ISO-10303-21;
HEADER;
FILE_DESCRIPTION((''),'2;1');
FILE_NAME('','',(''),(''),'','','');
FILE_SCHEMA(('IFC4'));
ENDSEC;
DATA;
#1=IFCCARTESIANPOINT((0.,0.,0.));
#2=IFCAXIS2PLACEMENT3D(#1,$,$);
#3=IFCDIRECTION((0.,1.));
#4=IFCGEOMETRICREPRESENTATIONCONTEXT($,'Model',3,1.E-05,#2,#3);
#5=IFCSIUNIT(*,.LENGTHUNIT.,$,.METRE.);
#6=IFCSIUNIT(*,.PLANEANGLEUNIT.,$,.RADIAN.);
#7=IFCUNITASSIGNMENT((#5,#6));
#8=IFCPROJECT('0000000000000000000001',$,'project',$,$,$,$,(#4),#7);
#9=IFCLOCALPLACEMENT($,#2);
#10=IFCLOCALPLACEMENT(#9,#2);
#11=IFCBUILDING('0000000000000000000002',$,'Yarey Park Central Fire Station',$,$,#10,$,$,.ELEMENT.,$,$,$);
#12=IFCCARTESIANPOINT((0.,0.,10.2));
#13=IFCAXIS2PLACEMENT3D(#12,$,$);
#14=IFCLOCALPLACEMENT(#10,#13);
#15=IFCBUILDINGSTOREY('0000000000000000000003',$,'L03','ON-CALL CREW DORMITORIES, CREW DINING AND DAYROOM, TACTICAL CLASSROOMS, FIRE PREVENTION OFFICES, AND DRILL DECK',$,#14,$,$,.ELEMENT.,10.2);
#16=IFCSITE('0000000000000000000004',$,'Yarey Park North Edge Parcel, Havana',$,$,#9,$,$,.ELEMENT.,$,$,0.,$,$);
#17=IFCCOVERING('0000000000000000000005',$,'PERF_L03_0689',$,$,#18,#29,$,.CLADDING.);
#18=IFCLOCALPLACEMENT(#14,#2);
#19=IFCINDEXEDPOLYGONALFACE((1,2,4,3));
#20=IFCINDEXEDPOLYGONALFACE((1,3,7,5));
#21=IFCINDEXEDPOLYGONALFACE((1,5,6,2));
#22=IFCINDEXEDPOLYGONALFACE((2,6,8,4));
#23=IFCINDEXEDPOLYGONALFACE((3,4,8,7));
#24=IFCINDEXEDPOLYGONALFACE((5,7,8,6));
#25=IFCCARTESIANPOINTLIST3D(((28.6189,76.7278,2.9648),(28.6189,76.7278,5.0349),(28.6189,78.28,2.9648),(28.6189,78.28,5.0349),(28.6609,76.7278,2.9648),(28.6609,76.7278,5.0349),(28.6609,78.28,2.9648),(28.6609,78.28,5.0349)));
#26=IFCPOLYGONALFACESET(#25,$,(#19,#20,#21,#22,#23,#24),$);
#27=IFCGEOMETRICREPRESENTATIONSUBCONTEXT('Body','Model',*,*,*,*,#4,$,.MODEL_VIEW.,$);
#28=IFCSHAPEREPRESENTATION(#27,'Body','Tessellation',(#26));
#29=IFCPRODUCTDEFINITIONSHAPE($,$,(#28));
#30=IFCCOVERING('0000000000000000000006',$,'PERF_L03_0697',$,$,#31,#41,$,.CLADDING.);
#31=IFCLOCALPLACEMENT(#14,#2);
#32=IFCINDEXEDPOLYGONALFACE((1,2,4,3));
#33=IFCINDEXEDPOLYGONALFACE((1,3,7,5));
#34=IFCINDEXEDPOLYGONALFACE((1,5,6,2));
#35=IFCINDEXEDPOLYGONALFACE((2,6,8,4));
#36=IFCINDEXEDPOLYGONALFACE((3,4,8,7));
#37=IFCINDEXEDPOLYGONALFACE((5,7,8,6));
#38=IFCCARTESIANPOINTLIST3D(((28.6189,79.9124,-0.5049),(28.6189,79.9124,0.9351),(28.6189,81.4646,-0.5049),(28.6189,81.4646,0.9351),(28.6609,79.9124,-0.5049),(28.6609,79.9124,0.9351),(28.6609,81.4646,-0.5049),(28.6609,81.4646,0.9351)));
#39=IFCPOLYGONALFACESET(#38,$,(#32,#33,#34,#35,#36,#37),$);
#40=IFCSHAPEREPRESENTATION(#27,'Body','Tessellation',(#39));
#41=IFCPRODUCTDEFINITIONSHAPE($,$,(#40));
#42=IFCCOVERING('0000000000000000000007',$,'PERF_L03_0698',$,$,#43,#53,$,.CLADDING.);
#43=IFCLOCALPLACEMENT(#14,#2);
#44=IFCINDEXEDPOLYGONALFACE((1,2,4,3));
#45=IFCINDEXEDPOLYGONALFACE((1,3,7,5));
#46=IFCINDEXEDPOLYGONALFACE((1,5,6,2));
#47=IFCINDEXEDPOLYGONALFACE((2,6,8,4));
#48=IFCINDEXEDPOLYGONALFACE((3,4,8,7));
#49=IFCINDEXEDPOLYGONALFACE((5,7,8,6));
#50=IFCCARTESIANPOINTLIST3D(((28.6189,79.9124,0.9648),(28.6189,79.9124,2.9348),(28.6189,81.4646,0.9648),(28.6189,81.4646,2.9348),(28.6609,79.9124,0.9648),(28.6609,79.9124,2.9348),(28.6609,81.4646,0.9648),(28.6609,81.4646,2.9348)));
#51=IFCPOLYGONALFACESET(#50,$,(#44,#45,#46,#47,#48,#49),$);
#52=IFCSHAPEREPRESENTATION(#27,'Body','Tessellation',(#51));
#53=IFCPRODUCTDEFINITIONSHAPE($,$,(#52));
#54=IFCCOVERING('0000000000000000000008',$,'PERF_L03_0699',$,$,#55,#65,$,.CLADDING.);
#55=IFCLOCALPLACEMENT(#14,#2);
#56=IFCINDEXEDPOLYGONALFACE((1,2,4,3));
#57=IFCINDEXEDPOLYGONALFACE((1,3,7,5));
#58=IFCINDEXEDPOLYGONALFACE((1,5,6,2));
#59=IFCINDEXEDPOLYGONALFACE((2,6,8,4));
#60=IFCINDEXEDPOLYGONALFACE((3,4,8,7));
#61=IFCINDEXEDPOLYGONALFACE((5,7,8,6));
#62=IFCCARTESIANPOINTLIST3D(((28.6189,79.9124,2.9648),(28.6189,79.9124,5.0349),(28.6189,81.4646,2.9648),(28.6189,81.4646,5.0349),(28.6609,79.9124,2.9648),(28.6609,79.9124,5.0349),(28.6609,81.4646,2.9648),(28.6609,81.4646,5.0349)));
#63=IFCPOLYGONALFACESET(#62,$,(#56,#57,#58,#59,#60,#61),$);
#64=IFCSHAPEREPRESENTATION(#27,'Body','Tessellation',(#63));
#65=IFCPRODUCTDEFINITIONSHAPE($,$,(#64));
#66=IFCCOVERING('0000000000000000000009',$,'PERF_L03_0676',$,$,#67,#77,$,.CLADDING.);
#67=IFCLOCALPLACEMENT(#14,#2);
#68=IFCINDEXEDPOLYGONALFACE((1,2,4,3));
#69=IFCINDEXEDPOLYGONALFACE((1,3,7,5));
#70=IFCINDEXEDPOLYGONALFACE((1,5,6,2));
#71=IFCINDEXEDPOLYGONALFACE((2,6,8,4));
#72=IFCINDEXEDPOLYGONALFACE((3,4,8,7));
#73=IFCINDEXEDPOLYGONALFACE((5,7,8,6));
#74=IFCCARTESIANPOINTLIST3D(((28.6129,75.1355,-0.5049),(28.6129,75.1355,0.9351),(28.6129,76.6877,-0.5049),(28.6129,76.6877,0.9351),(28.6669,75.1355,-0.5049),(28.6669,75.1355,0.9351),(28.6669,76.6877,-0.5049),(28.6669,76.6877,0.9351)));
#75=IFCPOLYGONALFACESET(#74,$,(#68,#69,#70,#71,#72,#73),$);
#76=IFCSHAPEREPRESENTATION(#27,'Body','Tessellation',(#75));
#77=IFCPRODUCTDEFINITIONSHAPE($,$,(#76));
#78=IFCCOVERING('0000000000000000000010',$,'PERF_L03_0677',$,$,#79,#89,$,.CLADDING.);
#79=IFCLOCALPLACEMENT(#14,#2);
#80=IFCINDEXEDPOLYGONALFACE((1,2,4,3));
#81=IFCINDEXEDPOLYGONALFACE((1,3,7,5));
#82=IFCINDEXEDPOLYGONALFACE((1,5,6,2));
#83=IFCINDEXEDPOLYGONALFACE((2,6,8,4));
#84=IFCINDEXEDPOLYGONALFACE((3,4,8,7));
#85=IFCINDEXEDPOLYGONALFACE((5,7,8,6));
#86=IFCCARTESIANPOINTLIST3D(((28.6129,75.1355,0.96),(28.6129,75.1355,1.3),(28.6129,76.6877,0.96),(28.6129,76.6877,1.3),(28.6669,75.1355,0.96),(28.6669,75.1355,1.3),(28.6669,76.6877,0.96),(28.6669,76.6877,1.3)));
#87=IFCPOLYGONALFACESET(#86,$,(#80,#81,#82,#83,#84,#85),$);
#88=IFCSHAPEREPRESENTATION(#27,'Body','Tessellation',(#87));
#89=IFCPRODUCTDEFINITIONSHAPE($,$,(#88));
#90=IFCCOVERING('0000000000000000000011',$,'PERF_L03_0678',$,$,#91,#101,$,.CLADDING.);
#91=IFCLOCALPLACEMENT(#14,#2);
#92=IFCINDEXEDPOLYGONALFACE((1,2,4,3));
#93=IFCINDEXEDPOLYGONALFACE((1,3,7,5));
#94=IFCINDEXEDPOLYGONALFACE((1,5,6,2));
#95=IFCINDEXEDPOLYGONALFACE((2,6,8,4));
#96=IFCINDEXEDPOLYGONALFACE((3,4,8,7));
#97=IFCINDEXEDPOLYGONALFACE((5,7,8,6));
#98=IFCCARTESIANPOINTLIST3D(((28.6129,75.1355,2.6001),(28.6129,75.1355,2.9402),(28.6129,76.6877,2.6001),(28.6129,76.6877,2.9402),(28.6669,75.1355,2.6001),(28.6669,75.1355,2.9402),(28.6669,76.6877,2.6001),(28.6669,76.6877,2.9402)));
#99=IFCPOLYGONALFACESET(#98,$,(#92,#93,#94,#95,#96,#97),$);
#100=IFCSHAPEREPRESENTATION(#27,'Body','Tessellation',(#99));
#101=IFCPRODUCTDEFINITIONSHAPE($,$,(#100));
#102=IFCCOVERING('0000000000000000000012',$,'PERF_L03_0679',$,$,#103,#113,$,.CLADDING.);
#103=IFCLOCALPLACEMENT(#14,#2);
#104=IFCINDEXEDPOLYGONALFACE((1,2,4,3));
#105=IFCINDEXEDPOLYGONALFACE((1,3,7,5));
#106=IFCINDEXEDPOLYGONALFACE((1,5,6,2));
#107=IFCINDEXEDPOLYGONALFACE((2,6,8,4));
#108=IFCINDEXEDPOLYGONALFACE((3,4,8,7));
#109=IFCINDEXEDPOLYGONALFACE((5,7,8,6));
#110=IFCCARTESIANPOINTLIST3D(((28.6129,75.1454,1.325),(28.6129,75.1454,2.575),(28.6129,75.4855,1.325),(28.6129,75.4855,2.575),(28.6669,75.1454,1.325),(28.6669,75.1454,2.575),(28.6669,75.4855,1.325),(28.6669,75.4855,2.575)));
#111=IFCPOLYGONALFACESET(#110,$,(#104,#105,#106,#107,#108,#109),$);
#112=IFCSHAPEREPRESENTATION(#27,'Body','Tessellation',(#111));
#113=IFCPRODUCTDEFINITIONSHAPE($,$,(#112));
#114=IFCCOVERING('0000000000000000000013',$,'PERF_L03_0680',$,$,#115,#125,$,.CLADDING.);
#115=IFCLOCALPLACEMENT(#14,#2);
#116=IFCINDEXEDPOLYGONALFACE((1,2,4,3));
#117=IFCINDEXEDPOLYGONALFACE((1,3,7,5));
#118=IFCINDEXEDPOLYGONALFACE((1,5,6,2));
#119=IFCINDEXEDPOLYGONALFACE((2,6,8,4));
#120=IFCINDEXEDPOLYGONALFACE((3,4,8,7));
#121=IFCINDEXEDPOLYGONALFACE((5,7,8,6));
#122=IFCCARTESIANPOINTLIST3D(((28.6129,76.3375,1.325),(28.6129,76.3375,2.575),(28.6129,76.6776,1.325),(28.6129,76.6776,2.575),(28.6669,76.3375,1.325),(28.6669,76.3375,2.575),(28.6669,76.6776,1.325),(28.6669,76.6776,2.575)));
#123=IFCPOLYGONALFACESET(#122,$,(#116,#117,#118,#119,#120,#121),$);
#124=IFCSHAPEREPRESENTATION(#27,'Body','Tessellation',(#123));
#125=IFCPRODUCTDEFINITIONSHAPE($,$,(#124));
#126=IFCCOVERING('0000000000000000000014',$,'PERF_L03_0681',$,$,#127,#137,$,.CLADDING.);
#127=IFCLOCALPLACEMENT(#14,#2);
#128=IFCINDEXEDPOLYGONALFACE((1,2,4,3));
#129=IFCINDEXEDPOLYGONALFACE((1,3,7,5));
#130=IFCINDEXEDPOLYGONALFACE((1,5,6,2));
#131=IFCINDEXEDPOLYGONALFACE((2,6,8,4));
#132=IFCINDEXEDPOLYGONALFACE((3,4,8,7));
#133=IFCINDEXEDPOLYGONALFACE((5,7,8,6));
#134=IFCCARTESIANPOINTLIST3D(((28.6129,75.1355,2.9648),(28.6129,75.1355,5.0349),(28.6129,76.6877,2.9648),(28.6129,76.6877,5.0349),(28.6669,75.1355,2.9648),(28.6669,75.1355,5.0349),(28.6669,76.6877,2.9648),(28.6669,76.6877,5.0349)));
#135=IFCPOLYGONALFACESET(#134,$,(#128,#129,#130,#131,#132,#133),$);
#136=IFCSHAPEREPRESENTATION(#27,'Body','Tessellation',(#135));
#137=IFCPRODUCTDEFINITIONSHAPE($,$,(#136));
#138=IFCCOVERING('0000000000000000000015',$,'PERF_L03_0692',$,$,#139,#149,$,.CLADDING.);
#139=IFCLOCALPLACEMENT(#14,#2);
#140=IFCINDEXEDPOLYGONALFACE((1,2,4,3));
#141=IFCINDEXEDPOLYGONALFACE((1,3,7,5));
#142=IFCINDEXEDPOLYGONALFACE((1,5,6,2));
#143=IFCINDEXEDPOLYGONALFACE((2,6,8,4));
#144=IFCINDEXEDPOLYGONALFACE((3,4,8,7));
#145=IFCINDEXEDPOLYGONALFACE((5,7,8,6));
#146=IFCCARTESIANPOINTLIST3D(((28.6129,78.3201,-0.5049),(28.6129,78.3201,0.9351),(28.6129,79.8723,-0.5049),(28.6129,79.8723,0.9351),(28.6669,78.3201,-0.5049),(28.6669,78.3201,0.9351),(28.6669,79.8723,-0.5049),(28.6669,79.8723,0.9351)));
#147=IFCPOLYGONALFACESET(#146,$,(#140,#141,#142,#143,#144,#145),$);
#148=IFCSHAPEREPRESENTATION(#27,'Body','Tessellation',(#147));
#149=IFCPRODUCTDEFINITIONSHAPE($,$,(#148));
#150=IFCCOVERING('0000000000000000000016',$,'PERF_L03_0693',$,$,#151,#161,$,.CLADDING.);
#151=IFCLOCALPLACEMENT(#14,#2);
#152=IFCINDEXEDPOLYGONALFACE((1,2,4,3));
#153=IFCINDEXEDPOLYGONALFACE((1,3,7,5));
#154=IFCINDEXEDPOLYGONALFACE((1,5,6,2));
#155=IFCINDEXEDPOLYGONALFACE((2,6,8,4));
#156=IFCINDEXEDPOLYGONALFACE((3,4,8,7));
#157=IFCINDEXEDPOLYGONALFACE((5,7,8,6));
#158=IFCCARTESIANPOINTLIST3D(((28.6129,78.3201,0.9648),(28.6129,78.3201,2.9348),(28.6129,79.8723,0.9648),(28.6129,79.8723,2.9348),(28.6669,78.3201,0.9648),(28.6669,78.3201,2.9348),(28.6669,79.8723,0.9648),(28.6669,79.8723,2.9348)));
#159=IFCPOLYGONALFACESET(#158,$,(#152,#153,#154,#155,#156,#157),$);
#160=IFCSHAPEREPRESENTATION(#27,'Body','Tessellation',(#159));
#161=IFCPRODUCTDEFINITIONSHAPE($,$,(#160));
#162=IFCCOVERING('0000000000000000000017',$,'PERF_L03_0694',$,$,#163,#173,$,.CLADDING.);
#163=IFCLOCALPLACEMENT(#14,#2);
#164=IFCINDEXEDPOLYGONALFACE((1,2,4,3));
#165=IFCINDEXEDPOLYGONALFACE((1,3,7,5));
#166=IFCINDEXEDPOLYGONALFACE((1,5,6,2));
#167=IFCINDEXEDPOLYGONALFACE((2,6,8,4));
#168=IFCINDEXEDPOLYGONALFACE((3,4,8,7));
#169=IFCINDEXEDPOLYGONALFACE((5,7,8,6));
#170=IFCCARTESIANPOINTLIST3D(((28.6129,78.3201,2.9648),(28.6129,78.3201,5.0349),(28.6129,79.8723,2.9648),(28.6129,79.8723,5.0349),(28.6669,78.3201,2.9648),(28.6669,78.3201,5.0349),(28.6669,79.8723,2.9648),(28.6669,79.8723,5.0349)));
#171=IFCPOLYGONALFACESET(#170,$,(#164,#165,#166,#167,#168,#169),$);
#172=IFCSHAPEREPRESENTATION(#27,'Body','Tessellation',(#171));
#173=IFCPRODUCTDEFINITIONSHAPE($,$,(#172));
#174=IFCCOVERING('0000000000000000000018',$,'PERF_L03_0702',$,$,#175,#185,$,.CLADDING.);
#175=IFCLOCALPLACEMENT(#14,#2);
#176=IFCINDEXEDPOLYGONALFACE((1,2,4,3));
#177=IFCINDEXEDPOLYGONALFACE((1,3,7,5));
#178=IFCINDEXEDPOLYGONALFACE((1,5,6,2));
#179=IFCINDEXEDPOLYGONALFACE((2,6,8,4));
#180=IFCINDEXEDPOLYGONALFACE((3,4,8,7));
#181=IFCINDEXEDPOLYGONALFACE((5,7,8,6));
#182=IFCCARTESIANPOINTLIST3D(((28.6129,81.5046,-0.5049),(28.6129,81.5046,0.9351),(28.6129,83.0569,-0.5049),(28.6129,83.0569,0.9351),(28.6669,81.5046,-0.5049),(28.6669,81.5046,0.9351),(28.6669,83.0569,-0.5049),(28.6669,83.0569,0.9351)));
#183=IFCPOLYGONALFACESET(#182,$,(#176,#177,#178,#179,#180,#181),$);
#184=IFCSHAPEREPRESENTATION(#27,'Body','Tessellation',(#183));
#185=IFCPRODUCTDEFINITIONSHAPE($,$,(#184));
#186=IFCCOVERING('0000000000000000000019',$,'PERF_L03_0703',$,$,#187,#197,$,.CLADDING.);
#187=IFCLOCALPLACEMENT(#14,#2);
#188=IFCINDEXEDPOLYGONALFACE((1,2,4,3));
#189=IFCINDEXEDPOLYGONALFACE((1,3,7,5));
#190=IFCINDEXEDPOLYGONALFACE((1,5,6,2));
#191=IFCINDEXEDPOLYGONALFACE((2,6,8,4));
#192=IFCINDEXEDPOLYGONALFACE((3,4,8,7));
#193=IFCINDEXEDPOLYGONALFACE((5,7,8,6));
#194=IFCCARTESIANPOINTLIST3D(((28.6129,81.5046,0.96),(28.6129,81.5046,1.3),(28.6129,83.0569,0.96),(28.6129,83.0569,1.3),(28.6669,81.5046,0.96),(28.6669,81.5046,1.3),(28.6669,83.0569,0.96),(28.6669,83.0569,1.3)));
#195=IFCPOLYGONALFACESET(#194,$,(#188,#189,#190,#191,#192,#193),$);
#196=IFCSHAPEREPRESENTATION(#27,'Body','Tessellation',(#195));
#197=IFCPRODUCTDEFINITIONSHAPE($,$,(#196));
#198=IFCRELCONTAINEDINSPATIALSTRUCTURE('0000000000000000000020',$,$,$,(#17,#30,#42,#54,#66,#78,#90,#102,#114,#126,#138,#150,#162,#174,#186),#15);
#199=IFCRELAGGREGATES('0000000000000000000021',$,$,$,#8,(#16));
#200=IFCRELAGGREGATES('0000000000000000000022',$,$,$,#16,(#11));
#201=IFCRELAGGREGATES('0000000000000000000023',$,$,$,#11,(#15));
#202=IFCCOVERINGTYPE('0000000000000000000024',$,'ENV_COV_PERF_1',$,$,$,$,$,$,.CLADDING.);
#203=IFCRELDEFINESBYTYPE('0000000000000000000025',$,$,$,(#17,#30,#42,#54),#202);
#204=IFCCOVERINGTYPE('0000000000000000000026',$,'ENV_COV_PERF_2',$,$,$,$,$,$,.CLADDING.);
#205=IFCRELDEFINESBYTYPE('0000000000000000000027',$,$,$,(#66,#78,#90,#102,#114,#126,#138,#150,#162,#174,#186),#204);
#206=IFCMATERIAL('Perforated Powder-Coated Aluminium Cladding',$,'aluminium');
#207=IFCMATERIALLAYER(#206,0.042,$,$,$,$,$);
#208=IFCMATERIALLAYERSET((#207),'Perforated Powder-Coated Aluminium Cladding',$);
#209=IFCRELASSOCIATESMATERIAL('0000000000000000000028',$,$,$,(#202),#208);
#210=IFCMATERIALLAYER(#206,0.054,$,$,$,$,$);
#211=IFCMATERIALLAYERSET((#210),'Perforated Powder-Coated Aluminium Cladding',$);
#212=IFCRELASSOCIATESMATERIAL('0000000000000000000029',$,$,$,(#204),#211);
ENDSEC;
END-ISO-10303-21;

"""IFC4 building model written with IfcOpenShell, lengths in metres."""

from ifc_helpers import new_model, si_unit, direction, frame, origin, origin_2d, place, context, subcontext, project, spatial, rectangle, extrude, material, layer, layer_set, type_object, element, save


model = new_model("IFC4")

# Units and contexts
model_context = context("Model", 3, precision=1e-05, world=origin(), true_north=direction((0.0, 1.0)))
body_context = subcontext(model_context, "Body", "Model", "MODEL_VIEW")
ifc_project = project(units=[si_unit("LENGTHUNIT", "METRE"), si_unit("PLANEANGLEUNIT", "RADIAN")], contexts=[model_context])

# Site, building, storey
site_placement = place(None, origin())
site = spatial("IfcSite", under=ifc_project, at=site_placement, Name="Yarey Park North Edge Parcel, Havana", CompositionType="ELEMENT", RefElevation=0.0)
building_placement = place(site_placement, origin())
building = spatial("IfcBuilding", under=site, at=building_placement, Name="Yarey Park Central Fire Station", CompositionType="ELEMENT")
storey_placement = place(building_placement, frame((0.0, 0.0, 10.2)))
storey = spatial("IfcBuildingStorey", under=building, at=storey_placement, Name="L03", Description="ON-CALL CREW DORMITORIES, CREW DINING AND DAYROOM, TACTICAL CLASSROOMS, FIRE PREVENTION OFFICES, AND DRILL DECK", CompositionType="ELEMENT", Elevation=10.2)

# Coverings
ifc_material_1 = material(Name="Perforated Powder-Coated Aluminium Cladding", Category="aluminium")
ifc_layer_1 = layer(ifc_material_1, 0.042)
ifc_layer_set_1 = layer_set([ifc_layer_1], Name="Perforated Powder-Coated Aluminium Cladding")
covering_type_1 = type_object("IfcCoveringType", Name="ENV_COV_PERF_1", PredefinedType="CLADDING", material=ifc_layer_set_1)
covering_1_placement = place(storey_placement, frame((28.6399, 77.5039, 2.9648), z_axis=(0.0, 0.0, 1.0), x_axis=(0.0, 1.0, 0.0)))
element("IfcCovering", 1, at=covering_1_placement, inside=storey, type_object=covering_type_1, Name="PERF_L03_0689", PredefinedType="CLADDING", context=body_context, shape_type="SweptSolid", body=[
    extrude(rectangle(XDim=1.5522, YDim=0.042, at=origin_2d()), origin(), (0.0, 0.0, 1.0), 2.0701),
])
covering_2_placement = place(storey_placement, frame((28.6399, 80.6885, -0.5049), z_axis=(0.0, 0.0, 1.0), x_axis=(0.0, 1.0, 0.0)))
element("IfcCovering", 2, at=covering_2_placement, inside=storey, type_object=covering_type_1, Name="PERF_L03_0697", PredefinedType="CLADDING", context=body_context, shape_type="SweptSolid", body=[
    extrude(rectangle(XDim=1.5522, YDim=0.042, at=origin_2d()), origin(), (0.0, 0.0, 1.0), 1.4399),
])
covering_3_placement = place(storey_placement, frame((28.6399, 80.6885, 0.9648), z_axis=(0.0, 0.0, 1.0), x_axis=(0.0, 1.0, 0.0)))
element("IfcCovering", 3, at=covering_3_placement, inside=storey, type_object=covering_type_1, Name="PERF_L03_0698", PredefinedType="CLADDING", context=body_context, shape_type="SweptSolid", body=[
    extrude(rectangle(XDim=1.5522, YDim=0.042, at=origin_2d()), origin(), (0.0, 0.0, 1.0), 1.97),
])
covering_4_placement = place(storey_placement, frame((28.6399, 80.6885, 2.9648), z_axis=(0.0, 0.0, 1.0), x_axis=(0.0, 1.0, 0.0)))
element("IfcCovering", 4, at=covering_4_placement, inside=storey, type_object=covering_type_1, Name="PERF_L03_0699", PredefinedType="CLADDING", context=body_context, shape_type="SweptSolid", body=[
    extrude(rectangle(XDim=1.5522, YDim=0.042, at=origin_2d()), origin(), (0.0, 0.0, 1.0), 2.0701),
])
ifc_layer_2 = layer(ifc_material_1, 0.054)
ifc_layer_set_2 = layer_set([ifc_layer_2], Name="Perforated Powder-Coated Aluminium Cladding")
covering_type_2 = type_object("IfcCoveringType", Name="ENV_COV_PERF_2", PredefinedType="CLADDING", material=ifc_layer_set_2)
covering_5_placement = place(storey_placement, frame((28.6399, 75.9116, -0.5049), z_axis=(0.0, 0.0, 1.0), x_axis=(0.0, 1.0, 0.0)))
element("IfcCovering", 5, at=covering_5_placement, inside=storey, type_object=covering_type_2, Name="PERF_L03_0676", PredefinedType="CLADDING", context=body_context, shape_type="SweptSolid", body=[
    extrude(rectangle(XDim=1.5522, YDim=0.054, at=origin_2d()), origin(), (0.0, 0.0, 1.0), 1.4399),
])
for number, where, z_axis, x_axis, name in (
    (6, (28.6399, 75.9116, 0.96), (0.0, 0.0, 1.0), (0.0, 1.0, 0.0), "PERF_L03_0677"),
    (7, (28.6399, 75.9116, 2.6001), (0.0, 0.0, 1.0), (0.0, 1.0, 0.0), "PERF_L03_0678"),
):
    element("IfcCovering", number, at=place(storey_placement, frame(where, z_axis=z_axis, x_axis=x_axis)), inside=storey, type_object=covering_type_2, Name=name, PredefinedType="CLADDING", context=body_context, shape_type="SweptSolid", body=[
        extrude(rectangle(XDim=1.5522, YDim=0.054, at=origin_2d()), origin(), (0.0, 0.0, 1.0), 0.3401),
    ])
for number, where, z_axis, x_axis, name in (
    (8, (28.6399, 75.3154, 1.325), (0.0, 0.0, 1.0), (0.0, 1.0, 0.0), "PERF_L03_0679"),
    (9, (28.6399, 76.5076, 1.325), (0.0, 0.0, 1.0), (0.0, 1.0, 0.0), "PERF_L03_0680"),
):
    element("IfcCovering", number, at=place(storey_placement, frame(where, z_axis=z_axis, x_axis=x_axis)), inside=storey, type_object=covering_type_2, Name=name, PredefinedType="CLADDING", context=body_context, shape_type="SweptSolid", body=[
        extrude(rectangle(XDim=0.3401, YDim=0.054, at=origin_2d()), origin(), (0.0, 0.0, 1.0), 1.25),
    ])
covering_6_placement = place(storey_placement, frame((28.6399, 75.9116, 2.9648), z_axis=(0.0, 0.0, 1.0), x_axis=(0.0, 1.0, 0.0)))
element("IfcCovering", 10, at=covering_6_placement, inside=storey, type_object=covering_type_2, Name="PERF_L03_0681", PredefinedType="CLADDING", context=body_context, shape_type="SweptSolid", body=[
    extrude(rectangle(XDim=1.5522, YDim=0.054, at=origin_2d()), origin(), (0.0, 0.0, 1.0), 2.0701),
])
covering_7_placement = place(storey_placement, frame((28.6399, 79.0962, -0.5049), z_axis=(0.0, 0.0, 1.0), x_axis=(0.0, 1.0, 0.0)))
element("IfcCovering", 11, at=covering_7_placement, inside=storey, type_object=covering_type_2, Name="PERF_L03_0692", PredefinedType="CLADDING", context=body_context, shape_type="SweptSolid", body=[
    extrude(rectangle(XDim=1.5522, YDim=0.054, at=origin_2d()), origin(), (0.0, 0.0, 1.0), 1.4399),
])
covering_8_placement = place(storey_placement, frame((28.6399, 79.0962, 0.9648), z_axis=(0.0, 0.0, 1.0), x_axis=(0.0, 1.0, 0.0)))
element("IfcCovering", 12, at=covering_8_placement, inside=storey, type_object=covering_type_2, Name="PERF_L03_0693", PredefinedType="CLADDING", context=body_context, shape_type="SweptSolid", body=[
    extrude(rectangle(XDim=1.5522, YDim=0.054, at=origin_2d()), origin(), (0.0, 0.0, 1.0), 1.97),
])
covering_9_placement = place(storey_placement, frame((28.6399, 79.0962, 2.9648), z_axis=(0.0, 0.0, 1.0), x_axis=(0.0, 1.0, 0.0)))
element("IfcCovering", 13, at=covering_9_placement, inside=storey, type_object=covering_type_2, Name="PERF_L03_0694", PredefinedType="CLADDING", context=body_context, shape_type="SweptSolid", body=[
    extrude(rectangle(XDim=1.5522, YDim=0.054, at=origin_2d()), origin(), (0.0, 0.0, 1.0), 2.0701),
])
covering_10_placement = place(storey_placement, frame((28.6399, 82.2808, -0.5049), z_axis=(0.0, 0.0, 1.0), x_axis=(0.0, 1.0, 0.0)))
element("IfcCovering", 14, at=covering_10_placement, inside=storey, type_object=covering_type_2, Name="PERF_L03_0702", PredefinedType="CLADDING", context=body_context, shape_type="SweptSolid", body=[
    extrude(rectangle(XDim=1.5522, YDim=0.054, at=origin_2d()), origin(), (0.0, 0.0, 1.0), 1.4399),
])
for number, where, z_axis, x_axis, name in (
    (15, (28.6399, 82.2808, 0.96), (0.0, 0.0, 1.0), (0.0, 1.0, 0.0), "PERF_L03_0703"),
):
    element("IfcCovering", number, at=place(storey_placement, frame(where, z_axis=z_axis, x_axis=x_axis)), inside=storey, type_object=covering_type_2, Name=name, PredefinedType="CLADDING", context=body_context, shape_type="SweptSolid", body=[
        extrude(rectangle(XDim=1.5522, YDim=0.054, at=origin_2d()), origin(), (0.0, 0.0, 1.0), 0.3401),
    ])

save(model, "model.ifc")
